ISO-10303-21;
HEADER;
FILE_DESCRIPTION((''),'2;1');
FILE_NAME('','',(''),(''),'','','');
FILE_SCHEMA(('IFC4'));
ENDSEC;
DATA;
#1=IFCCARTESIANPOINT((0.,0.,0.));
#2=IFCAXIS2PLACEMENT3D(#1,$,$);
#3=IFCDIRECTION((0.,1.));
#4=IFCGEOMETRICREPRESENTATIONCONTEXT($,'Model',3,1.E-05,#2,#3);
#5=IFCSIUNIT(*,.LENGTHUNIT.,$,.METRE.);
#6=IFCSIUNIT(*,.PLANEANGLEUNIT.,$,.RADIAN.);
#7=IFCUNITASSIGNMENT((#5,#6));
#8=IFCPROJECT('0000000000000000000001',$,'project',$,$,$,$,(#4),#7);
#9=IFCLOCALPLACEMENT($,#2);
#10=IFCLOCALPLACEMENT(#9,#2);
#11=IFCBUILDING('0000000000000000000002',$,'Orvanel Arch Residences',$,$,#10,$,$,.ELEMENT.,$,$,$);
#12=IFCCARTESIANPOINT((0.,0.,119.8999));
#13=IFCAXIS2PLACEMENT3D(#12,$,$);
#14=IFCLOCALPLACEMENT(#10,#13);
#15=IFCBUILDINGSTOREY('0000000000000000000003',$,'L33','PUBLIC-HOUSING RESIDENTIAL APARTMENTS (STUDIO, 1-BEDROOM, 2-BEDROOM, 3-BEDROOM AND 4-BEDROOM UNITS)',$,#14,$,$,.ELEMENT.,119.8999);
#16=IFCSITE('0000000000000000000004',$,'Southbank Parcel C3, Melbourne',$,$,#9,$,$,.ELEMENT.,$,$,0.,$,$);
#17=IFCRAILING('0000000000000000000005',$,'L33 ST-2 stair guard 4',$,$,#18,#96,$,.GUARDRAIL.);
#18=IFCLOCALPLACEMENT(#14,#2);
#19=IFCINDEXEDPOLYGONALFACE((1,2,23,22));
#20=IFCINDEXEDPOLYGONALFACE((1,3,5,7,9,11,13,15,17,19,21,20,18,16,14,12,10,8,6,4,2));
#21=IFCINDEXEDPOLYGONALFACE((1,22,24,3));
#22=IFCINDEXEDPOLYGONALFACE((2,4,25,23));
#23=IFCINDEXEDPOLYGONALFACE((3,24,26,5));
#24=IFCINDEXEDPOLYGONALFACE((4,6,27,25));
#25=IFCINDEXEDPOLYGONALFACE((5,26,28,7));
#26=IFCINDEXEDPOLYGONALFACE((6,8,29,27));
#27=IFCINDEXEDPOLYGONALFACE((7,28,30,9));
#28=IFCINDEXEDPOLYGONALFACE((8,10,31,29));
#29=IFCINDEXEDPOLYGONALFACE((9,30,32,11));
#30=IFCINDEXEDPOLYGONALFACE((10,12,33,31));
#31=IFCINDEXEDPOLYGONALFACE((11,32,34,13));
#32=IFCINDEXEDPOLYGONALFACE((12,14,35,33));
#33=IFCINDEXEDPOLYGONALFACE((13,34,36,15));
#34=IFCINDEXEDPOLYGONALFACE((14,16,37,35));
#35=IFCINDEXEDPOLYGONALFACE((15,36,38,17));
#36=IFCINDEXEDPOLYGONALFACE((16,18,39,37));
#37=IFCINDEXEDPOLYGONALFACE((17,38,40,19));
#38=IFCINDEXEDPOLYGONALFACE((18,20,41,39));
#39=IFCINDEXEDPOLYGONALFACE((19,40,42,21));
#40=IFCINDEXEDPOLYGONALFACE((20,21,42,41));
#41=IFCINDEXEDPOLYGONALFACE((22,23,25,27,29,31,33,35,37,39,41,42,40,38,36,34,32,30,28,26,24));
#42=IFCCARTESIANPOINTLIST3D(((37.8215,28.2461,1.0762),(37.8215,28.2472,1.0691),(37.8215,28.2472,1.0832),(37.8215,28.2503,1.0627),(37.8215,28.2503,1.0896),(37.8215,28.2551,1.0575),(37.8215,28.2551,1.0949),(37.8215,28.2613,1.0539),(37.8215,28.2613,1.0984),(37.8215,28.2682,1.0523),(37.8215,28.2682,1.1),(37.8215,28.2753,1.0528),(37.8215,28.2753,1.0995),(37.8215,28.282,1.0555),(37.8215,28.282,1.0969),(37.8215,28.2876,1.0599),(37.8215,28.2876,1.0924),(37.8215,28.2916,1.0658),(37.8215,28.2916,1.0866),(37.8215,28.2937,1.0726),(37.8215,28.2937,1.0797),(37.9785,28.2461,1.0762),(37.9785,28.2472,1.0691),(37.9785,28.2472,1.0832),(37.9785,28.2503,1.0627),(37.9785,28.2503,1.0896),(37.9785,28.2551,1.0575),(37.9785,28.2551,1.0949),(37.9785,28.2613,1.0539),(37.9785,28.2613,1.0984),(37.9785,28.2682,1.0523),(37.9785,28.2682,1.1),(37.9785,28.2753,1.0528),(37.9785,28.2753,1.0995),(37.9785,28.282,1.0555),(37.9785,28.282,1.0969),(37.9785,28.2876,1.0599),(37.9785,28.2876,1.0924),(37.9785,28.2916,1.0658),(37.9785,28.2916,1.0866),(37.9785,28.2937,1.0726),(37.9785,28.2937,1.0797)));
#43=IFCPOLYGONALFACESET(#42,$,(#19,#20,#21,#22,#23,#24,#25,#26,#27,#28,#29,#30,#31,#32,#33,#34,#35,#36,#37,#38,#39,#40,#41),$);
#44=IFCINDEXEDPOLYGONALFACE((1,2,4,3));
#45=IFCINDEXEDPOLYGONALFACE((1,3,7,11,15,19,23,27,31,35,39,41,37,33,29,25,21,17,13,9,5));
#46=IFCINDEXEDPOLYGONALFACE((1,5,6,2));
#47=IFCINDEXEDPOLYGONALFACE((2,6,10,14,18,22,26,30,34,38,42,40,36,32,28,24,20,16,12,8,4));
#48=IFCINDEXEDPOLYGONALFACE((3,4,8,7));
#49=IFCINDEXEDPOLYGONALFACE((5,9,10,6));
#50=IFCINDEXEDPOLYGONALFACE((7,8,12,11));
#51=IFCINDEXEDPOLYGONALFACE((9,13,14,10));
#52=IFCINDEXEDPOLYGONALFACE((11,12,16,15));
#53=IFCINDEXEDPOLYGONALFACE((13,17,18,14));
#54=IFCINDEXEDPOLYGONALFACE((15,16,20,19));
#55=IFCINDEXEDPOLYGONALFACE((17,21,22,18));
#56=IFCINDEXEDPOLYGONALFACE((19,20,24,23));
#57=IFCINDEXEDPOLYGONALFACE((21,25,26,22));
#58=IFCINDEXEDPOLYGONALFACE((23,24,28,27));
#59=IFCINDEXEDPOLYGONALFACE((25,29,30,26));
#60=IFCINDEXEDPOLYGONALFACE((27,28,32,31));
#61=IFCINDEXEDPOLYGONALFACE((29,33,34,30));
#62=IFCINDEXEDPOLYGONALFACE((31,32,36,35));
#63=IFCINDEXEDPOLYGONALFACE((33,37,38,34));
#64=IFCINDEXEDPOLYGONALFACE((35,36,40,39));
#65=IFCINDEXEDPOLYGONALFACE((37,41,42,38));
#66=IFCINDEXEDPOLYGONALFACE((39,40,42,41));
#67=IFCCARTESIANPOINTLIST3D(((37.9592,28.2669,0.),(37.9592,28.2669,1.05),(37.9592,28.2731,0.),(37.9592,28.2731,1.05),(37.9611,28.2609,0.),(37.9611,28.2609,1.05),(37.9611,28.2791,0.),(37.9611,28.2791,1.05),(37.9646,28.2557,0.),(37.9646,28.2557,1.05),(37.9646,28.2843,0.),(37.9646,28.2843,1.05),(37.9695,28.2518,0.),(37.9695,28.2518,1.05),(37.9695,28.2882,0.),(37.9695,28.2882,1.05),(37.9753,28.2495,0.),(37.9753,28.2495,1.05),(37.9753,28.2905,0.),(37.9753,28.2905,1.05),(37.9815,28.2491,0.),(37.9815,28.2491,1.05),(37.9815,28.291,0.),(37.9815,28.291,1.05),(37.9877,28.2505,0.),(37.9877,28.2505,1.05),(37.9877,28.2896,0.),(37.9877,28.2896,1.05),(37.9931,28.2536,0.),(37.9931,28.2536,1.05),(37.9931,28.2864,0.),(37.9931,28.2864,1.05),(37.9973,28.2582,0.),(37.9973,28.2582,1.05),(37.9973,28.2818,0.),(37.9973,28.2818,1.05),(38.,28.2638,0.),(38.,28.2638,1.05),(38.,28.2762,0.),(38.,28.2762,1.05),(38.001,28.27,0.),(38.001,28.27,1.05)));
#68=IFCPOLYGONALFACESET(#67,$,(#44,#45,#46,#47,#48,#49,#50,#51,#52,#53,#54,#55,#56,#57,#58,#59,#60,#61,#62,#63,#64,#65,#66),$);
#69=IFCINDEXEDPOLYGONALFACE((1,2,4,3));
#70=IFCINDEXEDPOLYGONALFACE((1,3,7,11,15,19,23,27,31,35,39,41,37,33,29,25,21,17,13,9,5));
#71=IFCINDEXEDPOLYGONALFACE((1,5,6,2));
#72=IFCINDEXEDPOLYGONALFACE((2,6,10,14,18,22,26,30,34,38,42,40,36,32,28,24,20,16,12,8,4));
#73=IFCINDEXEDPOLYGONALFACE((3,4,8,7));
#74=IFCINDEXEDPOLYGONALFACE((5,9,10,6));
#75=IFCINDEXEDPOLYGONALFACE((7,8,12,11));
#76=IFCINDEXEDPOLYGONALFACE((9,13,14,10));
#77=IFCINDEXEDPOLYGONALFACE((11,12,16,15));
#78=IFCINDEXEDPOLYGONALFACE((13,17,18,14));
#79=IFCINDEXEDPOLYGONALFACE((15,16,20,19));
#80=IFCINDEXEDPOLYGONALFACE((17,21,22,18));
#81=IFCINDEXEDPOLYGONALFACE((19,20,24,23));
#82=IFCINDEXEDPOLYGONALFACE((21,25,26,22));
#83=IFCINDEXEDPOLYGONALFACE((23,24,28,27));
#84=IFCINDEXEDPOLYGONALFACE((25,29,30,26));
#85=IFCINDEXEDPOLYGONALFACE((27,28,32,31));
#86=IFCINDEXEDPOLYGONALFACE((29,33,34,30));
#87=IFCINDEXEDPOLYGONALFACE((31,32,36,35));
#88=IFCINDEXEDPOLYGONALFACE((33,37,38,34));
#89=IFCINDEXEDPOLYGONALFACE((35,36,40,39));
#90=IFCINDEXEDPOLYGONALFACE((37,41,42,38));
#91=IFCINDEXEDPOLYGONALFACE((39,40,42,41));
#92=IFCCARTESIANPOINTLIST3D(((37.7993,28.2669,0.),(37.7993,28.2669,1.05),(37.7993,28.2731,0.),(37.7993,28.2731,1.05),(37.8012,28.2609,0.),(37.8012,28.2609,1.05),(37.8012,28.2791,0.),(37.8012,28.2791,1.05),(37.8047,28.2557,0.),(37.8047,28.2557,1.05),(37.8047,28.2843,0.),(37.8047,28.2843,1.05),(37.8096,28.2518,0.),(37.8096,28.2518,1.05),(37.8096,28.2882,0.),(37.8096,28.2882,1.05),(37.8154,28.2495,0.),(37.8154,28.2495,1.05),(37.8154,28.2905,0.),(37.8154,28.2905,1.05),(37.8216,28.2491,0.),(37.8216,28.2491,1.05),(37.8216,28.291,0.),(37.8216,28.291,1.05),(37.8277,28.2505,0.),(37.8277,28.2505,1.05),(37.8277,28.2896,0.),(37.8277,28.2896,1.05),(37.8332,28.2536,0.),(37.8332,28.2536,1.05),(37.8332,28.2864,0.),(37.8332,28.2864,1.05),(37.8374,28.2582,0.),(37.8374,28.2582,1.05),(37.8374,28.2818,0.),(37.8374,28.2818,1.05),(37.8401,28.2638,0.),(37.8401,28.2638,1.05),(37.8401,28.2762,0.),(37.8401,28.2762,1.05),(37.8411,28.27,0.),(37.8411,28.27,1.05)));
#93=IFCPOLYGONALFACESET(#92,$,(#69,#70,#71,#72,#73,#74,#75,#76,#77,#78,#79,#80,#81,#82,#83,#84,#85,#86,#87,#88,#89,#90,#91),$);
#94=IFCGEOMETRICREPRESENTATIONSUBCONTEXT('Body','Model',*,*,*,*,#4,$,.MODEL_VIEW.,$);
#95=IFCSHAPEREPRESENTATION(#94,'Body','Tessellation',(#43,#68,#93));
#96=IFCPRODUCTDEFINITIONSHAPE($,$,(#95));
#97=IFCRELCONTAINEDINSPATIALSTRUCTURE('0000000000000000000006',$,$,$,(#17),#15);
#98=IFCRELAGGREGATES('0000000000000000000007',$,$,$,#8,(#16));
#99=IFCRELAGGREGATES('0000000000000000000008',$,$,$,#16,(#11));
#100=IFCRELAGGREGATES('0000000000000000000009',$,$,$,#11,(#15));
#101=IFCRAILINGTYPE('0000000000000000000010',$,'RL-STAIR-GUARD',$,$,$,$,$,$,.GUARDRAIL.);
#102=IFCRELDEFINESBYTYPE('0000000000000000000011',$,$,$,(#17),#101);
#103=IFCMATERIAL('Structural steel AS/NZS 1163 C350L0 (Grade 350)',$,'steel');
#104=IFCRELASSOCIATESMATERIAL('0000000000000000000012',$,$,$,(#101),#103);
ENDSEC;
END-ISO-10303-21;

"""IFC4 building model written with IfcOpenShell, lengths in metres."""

from ifc_helpers import new_model, si_unit, direction, frame, origin, origin_2d, place, context, subcontext, project, spatial, circle, extrude, material, type_object, element, save


model = new_model("IFC4")

# Units and contexts
model_context = context("Model", 3, precision=1e-05, world=origin(), true_north=direction((0.0, 1.0)))
body_context = subcontext(model_context, "Body", "Model", "MODEL_VIEW")
ifc_project = project(units=[si_unit("LENGTHUNIT", "METRE"), si_unit("PLANEANGLEUNIT", "RADIAN")], contexts=[model_context])

# Site, building, storey
site_placement = place(None, origin())
site = spatial("IfcSite", under=ifc_project, at=site_placement, Name="Southbank Parcel C3, Melbourne", CompositionType="ELEMENT", RefElevation=0.0)
building_placement = place(site_placement, origin())
building = spatial("IfcBuilding", under=site, at=building_placement, Name="Orvanel Arch Residences", CompositionType="ELEMENT")
storey_placement = place(building_placement, frame((0.0, 0.0, 119.8999)))
storey = spatial("IfcBuildingStorey", under=building, at=storey_placement, Name="L33", Description="PUBLIC-HOUSING RESIDENTIAL APARTMENTS (STUDIO, 1-BEDROOM, 2-BEDROOM, 3-BEDROOM AND 4-BEDROOM UNITS)", CompositionType="ELEMENT", Elevation=119.8999)

# Railing
ifc_material_1 = material(Name="Structural steel AS/NZS 1163 C350L0 (Grade 350)", Category="steel")
railing_type_1 = type_object("IfcRailingType", Name="RL-STAIR-GUARD", PredefinedType="GUARDRAIL", material=ifc_material_1)
railing_1_placement = place(storey_placement, frame((37.98, 28.27, 0.0)))
element("IfcRailing", 1, at=railing_1_placement, inside=storey, type_object=railing_type_1, Name="L33 ST-2 stair guard 4", PredefinedType="GUARDRAIL", context=body_context, shape_type="SweptSolid", body=[
    extrude(circle(Radius=0.0239, at=origin_2d()), frame((-0.0015, 0.0, 1.0762), z_axis=(-1.0, 0.0, 0.0), x_axis=(0.0, -1.0, 0.0)), (0.0, 0.0, 1.0), 0.157),
    extrude(circle(Radius=0.021, at=origin_2d()), origin(), (0.0, 0.0, 1.0), 1.05),
    extrude(circle(Radius=0.021, at=origin_2d()), frame((-0.1599, 0.0, 0.0)), (0.0, 0.0, 1.0), 1.05),
])

save(model, "model.ifc")
